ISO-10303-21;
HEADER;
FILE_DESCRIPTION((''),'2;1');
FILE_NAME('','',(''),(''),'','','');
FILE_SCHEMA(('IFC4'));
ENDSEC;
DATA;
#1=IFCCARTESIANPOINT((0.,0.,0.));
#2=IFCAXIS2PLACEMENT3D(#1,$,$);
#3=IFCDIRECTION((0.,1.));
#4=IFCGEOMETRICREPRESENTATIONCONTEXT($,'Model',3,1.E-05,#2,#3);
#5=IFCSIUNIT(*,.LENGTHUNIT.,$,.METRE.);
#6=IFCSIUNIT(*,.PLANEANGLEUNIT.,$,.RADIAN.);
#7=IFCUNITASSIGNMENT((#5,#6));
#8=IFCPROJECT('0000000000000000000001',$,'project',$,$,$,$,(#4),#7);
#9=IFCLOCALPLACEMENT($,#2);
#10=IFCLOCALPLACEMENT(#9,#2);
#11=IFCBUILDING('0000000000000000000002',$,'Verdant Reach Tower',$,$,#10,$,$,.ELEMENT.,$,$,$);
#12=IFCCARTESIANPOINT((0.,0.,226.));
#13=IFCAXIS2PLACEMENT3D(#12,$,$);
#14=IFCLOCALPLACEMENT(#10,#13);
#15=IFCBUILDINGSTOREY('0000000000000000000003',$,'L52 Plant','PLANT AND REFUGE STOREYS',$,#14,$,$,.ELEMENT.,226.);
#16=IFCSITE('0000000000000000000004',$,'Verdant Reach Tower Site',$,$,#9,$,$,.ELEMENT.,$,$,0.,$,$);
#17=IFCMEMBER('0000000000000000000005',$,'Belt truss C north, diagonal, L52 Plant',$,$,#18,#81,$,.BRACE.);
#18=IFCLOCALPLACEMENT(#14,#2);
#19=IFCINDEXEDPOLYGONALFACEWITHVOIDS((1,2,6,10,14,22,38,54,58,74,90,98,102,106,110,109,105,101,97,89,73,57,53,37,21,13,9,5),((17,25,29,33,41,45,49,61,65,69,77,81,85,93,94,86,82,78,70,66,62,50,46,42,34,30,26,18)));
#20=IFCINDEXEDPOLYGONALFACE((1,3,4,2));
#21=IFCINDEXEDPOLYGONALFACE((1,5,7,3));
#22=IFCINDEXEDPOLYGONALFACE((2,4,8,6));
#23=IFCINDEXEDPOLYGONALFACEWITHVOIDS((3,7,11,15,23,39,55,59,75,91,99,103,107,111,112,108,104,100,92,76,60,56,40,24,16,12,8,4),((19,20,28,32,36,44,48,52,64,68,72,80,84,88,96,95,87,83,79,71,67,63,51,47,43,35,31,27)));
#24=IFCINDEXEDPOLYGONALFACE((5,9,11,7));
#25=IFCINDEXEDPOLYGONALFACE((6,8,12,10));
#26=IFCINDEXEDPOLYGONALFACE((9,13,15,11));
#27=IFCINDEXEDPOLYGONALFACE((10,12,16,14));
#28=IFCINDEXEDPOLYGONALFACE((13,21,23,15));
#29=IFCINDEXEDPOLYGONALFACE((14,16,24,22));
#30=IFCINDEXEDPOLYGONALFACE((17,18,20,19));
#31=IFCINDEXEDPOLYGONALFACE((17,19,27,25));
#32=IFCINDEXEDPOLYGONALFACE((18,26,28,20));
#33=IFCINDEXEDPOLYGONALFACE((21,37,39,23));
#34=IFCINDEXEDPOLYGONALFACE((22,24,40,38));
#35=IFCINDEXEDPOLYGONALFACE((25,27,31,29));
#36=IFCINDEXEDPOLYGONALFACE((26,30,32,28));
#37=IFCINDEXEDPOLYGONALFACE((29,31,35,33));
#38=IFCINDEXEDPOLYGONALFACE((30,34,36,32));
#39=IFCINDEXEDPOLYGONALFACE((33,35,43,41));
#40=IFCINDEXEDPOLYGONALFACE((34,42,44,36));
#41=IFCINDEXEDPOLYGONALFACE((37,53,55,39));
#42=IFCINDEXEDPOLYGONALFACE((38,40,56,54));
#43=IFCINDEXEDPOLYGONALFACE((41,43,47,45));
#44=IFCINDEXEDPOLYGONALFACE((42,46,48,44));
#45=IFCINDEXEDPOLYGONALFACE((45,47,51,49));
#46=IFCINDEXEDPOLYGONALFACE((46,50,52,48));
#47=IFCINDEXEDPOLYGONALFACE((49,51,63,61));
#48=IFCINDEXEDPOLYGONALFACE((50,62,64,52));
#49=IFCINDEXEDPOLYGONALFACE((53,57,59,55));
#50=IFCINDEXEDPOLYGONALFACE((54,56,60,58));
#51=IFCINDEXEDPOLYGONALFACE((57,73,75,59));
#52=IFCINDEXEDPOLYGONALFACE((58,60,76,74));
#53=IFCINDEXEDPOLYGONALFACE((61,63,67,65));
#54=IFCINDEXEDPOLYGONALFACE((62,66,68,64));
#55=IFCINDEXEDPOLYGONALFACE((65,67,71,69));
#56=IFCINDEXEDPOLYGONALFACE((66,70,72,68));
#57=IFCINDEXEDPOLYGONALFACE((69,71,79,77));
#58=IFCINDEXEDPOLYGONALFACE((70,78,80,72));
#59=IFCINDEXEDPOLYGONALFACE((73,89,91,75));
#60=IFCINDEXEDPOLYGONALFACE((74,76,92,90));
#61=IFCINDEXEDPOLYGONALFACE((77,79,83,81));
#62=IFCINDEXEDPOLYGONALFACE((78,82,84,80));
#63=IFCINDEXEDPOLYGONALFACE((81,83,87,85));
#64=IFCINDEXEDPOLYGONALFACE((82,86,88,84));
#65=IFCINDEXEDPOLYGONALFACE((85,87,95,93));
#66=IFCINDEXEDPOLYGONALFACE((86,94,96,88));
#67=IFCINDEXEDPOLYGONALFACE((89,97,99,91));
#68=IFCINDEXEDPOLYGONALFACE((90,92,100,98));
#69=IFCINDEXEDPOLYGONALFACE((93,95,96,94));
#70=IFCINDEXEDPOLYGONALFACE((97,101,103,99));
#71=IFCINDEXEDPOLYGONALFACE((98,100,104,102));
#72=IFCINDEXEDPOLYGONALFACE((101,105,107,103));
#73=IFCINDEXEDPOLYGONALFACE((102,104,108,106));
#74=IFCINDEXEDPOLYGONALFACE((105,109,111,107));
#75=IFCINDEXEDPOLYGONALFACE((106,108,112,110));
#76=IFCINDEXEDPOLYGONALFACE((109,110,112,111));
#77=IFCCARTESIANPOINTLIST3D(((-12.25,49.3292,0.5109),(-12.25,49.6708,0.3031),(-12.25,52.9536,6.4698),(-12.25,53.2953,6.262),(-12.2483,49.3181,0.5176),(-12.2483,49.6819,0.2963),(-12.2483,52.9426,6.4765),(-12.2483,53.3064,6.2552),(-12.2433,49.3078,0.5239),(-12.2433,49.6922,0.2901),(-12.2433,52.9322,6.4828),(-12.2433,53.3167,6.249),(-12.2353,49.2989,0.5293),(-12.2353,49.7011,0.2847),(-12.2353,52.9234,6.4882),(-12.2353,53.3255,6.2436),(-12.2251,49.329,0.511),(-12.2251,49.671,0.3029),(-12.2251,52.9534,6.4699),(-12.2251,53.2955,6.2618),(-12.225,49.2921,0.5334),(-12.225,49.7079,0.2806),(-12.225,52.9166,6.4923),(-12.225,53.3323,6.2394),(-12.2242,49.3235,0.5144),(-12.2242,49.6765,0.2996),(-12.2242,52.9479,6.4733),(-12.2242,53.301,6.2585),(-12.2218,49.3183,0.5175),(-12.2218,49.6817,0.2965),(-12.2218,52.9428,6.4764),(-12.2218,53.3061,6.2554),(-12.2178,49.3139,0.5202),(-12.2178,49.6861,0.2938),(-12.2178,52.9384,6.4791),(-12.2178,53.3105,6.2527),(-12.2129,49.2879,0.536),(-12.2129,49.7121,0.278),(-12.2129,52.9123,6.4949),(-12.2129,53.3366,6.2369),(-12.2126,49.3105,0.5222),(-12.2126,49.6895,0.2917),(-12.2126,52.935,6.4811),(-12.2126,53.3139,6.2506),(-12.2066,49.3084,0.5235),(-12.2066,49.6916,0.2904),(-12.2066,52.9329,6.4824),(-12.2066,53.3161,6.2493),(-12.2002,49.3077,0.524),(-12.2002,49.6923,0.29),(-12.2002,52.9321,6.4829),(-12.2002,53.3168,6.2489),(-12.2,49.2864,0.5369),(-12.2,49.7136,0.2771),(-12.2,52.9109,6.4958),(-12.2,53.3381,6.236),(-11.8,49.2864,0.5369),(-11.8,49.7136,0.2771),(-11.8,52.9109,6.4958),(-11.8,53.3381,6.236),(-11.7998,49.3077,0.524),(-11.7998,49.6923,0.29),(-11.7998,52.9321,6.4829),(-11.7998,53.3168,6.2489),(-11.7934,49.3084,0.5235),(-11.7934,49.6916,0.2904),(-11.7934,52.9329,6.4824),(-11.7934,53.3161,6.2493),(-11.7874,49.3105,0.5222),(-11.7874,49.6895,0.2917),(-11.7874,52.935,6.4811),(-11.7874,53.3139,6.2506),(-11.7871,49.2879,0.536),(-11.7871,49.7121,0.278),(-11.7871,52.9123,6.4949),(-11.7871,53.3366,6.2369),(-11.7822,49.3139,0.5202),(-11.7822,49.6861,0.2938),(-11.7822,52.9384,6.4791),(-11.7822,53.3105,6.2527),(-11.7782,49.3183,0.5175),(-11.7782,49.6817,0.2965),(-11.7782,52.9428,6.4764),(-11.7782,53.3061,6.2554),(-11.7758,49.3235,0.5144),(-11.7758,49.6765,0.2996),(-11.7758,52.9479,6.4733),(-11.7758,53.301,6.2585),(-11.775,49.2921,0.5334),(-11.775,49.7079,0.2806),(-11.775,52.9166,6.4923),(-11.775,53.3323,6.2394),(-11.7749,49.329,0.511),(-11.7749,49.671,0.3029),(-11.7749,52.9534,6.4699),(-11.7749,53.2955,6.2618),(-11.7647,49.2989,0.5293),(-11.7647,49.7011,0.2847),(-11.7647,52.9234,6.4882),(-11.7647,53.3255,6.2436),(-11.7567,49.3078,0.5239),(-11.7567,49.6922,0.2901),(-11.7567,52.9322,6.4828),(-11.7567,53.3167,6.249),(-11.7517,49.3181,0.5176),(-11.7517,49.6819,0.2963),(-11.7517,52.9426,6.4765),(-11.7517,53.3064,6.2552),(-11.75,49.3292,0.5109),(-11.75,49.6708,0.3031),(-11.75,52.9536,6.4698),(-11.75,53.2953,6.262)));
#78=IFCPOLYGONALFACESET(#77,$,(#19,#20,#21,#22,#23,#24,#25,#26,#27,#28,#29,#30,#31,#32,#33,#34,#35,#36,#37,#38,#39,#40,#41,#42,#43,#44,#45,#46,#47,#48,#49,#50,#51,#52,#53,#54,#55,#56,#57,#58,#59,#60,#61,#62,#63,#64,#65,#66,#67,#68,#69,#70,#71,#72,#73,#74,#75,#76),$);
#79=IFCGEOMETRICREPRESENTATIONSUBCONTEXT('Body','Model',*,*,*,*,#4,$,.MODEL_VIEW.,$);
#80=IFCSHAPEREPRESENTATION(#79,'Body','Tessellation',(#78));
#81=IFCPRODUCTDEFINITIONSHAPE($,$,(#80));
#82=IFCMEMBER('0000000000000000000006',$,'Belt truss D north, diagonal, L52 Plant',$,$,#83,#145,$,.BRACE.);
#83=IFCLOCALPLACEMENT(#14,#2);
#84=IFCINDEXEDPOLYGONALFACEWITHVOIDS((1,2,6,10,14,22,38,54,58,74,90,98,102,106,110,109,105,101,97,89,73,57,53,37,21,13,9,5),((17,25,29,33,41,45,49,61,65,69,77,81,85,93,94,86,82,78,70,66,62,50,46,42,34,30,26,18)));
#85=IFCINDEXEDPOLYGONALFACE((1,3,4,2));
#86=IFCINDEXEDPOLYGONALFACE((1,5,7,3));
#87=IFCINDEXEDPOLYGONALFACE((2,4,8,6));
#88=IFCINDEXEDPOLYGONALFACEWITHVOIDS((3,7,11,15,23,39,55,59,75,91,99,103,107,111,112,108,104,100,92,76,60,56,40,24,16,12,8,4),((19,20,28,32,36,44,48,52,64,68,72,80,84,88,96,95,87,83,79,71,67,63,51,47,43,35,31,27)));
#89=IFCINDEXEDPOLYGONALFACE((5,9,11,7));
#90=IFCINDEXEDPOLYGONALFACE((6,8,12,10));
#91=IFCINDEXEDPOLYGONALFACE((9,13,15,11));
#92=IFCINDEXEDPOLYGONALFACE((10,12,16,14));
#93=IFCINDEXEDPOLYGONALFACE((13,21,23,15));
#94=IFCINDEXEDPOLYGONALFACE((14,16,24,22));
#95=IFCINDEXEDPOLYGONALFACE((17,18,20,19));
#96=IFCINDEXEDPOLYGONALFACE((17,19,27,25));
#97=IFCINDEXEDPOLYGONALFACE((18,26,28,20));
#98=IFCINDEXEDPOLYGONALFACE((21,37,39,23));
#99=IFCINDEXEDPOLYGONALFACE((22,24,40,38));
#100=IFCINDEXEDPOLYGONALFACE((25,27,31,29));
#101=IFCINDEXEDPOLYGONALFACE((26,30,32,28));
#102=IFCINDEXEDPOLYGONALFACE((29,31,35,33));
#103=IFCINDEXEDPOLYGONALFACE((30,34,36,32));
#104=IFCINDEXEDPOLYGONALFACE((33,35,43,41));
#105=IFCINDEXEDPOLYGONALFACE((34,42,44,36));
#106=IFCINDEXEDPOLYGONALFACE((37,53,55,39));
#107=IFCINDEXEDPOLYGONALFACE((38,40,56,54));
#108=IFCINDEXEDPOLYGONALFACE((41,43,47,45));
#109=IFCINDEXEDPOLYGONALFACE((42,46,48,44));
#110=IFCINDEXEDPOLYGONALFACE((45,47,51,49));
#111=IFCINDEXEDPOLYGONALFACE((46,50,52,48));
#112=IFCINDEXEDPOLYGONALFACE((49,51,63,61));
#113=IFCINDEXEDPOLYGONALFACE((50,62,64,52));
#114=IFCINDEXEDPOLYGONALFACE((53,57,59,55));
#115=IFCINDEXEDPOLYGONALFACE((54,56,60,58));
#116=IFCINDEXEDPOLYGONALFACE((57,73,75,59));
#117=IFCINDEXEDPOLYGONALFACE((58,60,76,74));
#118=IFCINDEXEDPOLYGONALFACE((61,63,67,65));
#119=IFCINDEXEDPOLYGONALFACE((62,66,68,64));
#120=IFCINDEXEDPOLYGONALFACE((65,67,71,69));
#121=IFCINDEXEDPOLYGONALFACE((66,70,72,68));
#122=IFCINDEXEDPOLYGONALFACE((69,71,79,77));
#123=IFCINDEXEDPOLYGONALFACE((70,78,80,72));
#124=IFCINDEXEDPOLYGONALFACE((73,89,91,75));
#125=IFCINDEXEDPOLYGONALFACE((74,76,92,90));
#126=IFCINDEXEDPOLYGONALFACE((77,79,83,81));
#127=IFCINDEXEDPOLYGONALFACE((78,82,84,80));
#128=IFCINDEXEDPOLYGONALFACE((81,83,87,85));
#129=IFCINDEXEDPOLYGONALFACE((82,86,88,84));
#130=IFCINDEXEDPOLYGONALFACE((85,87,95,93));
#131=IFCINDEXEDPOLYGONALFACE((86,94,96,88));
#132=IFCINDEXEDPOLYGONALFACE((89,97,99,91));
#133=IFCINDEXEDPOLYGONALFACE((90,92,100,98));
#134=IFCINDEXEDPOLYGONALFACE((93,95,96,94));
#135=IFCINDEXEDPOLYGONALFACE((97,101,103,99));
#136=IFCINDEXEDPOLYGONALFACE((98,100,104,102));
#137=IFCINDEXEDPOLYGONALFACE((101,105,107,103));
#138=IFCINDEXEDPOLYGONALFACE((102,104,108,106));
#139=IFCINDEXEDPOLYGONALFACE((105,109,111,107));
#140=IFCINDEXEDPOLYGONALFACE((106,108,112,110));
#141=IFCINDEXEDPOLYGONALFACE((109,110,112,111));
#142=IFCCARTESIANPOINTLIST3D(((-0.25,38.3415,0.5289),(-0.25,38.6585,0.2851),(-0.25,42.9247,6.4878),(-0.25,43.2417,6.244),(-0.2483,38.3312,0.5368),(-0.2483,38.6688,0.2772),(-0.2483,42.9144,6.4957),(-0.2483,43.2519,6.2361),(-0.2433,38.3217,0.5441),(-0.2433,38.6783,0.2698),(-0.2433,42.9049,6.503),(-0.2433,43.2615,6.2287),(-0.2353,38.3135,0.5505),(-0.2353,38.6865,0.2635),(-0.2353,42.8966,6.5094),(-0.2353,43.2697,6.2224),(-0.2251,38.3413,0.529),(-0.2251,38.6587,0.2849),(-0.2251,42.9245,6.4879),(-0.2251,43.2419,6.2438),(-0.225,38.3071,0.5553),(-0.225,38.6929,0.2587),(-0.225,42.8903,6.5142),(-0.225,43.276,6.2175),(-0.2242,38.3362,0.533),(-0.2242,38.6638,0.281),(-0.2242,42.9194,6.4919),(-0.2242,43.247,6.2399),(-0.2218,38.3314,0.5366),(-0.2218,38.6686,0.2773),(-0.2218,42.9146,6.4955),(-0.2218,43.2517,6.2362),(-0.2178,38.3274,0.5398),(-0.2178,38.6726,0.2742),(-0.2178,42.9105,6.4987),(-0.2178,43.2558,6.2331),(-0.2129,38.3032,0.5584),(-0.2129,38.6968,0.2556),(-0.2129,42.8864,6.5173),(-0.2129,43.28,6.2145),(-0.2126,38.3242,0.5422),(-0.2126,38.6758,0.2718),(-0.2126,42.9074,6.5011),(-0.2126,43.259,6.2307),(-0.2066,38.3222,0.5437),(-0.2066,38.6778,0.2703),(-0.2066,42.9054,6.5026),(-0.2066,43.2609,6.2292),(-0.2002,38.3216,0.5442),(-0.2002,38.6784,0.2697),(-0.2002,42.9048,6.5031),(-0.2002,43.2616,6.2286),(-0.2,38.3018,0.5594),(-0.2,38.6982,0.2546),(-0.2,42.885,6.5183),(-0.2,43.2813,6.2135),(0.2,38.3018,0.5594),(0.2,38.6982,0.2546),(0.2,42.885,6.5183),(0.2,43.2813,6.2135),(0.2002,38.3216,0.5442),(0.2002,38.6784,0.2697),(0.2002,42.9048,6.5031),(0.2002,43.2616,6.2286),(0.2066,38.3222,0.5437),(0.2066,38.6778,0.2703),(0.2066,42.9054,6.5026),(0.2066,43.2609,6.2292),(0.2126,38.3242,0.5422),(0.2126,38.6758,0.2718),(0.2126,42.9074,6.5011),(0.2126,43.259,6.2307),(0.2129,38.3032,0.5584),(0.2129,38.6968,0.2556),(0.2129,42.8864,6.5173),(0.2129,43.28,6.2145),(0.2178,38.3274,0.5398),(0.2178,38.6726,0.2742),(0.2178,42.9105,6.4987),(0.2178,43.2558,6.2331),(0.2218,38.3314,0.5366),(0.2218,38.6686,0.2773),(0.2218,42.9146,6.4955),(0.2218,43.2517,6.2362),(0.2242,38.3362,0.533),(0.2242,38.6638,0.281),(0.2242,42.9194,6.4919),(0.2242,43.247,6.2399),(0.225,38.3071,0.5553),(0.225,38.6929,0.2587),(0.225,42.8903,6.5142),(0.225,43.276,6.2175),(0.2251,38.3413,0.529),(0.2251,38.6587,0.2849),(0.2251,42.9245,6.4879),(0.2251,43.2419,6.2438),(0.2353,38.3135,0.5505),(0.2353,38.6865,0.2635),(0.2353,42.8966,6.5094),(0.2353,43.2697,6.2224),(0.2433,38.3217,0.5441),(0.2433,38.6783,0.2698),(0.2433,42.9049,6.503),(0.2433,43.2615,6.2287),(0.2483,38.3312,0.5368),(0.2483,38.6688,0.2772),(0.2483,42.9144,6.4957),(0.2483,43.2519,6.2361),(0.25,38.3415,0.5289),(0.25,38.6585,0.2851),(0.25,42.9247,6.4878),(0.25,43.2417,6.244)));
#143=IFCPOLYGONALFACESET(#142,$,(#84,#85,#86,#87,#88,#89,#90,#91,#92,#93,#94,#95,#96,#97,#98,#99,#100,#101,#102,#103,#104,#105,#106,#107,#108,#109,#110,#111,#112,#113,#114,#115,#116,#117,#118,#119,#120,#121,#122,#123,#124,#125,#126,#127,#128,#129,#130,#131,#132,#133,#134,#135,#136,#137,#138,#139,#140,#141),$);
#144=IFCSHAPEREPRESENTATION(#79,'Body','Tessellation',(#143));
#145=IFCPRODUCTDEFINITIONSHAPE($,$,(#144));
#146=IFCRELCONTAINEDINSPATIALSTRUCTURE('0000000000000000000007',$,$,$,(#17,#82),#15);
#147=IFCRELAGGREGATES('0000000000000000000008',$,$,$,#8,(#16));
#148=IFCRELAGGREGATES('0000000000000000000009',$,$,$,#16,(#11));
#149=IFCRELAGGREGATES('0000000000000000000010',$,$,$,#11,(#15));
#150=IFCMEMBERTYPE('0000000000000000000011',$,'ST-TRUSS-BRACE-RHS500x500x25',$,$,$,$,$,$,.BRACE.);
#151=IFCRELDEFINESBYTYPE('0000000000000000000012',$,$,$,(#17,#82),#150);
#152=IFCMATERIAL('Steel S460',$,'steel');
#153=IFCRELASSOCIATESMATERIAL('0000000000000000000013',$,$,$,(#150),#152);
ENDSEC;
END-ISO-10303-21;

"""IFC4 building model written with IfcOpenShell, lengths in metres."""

from ifc_helpers import new_model, si_unit, direction, frame, origin, origin_2d, place, context, subcontext, project, spatial, hollow_rectangle, extrude, material, material_profile, profile_set, type_object, element, save


model = new_model("IFC4")

# Units and contexts
model_context = context("Model", 3, precision=1e-05, world=origin(), true_north=direction((0.0, 1.0)))
body_context = subcontext(model_context, "Body", "Model", "MODEL_VIEW")
ifc_project = project(units=[si_unit("LENGTHUNIT", "METRE"), si_unit("PLANEANGLEUNIT", "RADIAN")], contexts=[model_context])

# Site, building, storey
site_placement = place(None, origin())
site = spatial("IfcSite", under=ifc_project, at=site_placement, Name="Verdant Reach Tower Site", CompositionType="ELEMENT", RefElevation=0.0)
building_placement = place(site_placement, origin())
building = spatial("IfcBuilding", under=site, at=building_placement, Name="Verdant Reach Tower", CompositionType="ELEMENT")
storey_placement = place(building_placement, frame((0.0, 0.0, 226.0)))
storey = spatial("IfcBuildingStorey", under=building, at=storey_placement, Name="L52 Plant", Description="PLANT AND REFUGE STOREYS", CompositionType="ELEMENT", Elevation=226.0)

# Shared definitions
ifc_material_1 = material(Name="Steel S460", Category="steel")

# Members
ifc_material_profile_1 = material_profile(ifc_material_1, hollow_rectangle(XDim=0.5, YDim=0.5, WallThickness=0.0249, InnerFilletRadius=0.0249, OuterFilletRadius=0.05, at=origin_2d()), Name="RHS 500x500x25")
ifc_profile_set_1 = profile_set([ifc_material_profile_1], Name="Steel S460")
member_type_1 = type_object("IfcMemberType", Name="ST-TRUSS-BRACE-RHS500x500x25", PredefinedType="BRACE", material=ifc_profile_set_1)
member_1_placement = place(storey_placement, frame((-12.0, 49.5, 0.407), z_axis=(0.0, 0.519665, 0.85437), x_axis=(-1.0, 0.0, 0.0)))
element("IfcMember", 1, at=member_1_placement, inside=storey, type_object=member_type_1, Name="Belt truss C north, diagonal, L52 Plant", PredefinedType="BRACE", context=body_context, shape_type="SweptSolid", body=[
    extrude(hollow_rectangle(XDim=0.5, YDim=0.5, WallThickness=0.0249, InnerFilletRadius=0.0249, OuterFilletRadius=0.05, at=origin_2d()), origin(), (0.0, 0.0, 1.0), 6.9746),
])
member_2_placement = place(storey_placement, frame((0.0, 38.5, 0.407), z_axis=(0.0, 0.609662, 0.792661), x_axis=(-1.0, 0.0, 0.0)))
element("IfcMember", 2, at=member_2_placement, inside=storey, type_object=member_type_1, Name="Belt truss D north, diagonal, L52 Plant", PredefinedType="BRACE", context=body_context, shape_type="SweptSolid", body=[
    extrude(hollow_rectangle(XDim=0.5, YDim=0.5, WallThickness=0.0249, InnerFilletRadius=0.0249, OuterFilletRadius=0.05, at=origin_2d()), origin(), (0.0, 0.0, 1.0), 7.5176),
])

save(model, "model.ifc")
